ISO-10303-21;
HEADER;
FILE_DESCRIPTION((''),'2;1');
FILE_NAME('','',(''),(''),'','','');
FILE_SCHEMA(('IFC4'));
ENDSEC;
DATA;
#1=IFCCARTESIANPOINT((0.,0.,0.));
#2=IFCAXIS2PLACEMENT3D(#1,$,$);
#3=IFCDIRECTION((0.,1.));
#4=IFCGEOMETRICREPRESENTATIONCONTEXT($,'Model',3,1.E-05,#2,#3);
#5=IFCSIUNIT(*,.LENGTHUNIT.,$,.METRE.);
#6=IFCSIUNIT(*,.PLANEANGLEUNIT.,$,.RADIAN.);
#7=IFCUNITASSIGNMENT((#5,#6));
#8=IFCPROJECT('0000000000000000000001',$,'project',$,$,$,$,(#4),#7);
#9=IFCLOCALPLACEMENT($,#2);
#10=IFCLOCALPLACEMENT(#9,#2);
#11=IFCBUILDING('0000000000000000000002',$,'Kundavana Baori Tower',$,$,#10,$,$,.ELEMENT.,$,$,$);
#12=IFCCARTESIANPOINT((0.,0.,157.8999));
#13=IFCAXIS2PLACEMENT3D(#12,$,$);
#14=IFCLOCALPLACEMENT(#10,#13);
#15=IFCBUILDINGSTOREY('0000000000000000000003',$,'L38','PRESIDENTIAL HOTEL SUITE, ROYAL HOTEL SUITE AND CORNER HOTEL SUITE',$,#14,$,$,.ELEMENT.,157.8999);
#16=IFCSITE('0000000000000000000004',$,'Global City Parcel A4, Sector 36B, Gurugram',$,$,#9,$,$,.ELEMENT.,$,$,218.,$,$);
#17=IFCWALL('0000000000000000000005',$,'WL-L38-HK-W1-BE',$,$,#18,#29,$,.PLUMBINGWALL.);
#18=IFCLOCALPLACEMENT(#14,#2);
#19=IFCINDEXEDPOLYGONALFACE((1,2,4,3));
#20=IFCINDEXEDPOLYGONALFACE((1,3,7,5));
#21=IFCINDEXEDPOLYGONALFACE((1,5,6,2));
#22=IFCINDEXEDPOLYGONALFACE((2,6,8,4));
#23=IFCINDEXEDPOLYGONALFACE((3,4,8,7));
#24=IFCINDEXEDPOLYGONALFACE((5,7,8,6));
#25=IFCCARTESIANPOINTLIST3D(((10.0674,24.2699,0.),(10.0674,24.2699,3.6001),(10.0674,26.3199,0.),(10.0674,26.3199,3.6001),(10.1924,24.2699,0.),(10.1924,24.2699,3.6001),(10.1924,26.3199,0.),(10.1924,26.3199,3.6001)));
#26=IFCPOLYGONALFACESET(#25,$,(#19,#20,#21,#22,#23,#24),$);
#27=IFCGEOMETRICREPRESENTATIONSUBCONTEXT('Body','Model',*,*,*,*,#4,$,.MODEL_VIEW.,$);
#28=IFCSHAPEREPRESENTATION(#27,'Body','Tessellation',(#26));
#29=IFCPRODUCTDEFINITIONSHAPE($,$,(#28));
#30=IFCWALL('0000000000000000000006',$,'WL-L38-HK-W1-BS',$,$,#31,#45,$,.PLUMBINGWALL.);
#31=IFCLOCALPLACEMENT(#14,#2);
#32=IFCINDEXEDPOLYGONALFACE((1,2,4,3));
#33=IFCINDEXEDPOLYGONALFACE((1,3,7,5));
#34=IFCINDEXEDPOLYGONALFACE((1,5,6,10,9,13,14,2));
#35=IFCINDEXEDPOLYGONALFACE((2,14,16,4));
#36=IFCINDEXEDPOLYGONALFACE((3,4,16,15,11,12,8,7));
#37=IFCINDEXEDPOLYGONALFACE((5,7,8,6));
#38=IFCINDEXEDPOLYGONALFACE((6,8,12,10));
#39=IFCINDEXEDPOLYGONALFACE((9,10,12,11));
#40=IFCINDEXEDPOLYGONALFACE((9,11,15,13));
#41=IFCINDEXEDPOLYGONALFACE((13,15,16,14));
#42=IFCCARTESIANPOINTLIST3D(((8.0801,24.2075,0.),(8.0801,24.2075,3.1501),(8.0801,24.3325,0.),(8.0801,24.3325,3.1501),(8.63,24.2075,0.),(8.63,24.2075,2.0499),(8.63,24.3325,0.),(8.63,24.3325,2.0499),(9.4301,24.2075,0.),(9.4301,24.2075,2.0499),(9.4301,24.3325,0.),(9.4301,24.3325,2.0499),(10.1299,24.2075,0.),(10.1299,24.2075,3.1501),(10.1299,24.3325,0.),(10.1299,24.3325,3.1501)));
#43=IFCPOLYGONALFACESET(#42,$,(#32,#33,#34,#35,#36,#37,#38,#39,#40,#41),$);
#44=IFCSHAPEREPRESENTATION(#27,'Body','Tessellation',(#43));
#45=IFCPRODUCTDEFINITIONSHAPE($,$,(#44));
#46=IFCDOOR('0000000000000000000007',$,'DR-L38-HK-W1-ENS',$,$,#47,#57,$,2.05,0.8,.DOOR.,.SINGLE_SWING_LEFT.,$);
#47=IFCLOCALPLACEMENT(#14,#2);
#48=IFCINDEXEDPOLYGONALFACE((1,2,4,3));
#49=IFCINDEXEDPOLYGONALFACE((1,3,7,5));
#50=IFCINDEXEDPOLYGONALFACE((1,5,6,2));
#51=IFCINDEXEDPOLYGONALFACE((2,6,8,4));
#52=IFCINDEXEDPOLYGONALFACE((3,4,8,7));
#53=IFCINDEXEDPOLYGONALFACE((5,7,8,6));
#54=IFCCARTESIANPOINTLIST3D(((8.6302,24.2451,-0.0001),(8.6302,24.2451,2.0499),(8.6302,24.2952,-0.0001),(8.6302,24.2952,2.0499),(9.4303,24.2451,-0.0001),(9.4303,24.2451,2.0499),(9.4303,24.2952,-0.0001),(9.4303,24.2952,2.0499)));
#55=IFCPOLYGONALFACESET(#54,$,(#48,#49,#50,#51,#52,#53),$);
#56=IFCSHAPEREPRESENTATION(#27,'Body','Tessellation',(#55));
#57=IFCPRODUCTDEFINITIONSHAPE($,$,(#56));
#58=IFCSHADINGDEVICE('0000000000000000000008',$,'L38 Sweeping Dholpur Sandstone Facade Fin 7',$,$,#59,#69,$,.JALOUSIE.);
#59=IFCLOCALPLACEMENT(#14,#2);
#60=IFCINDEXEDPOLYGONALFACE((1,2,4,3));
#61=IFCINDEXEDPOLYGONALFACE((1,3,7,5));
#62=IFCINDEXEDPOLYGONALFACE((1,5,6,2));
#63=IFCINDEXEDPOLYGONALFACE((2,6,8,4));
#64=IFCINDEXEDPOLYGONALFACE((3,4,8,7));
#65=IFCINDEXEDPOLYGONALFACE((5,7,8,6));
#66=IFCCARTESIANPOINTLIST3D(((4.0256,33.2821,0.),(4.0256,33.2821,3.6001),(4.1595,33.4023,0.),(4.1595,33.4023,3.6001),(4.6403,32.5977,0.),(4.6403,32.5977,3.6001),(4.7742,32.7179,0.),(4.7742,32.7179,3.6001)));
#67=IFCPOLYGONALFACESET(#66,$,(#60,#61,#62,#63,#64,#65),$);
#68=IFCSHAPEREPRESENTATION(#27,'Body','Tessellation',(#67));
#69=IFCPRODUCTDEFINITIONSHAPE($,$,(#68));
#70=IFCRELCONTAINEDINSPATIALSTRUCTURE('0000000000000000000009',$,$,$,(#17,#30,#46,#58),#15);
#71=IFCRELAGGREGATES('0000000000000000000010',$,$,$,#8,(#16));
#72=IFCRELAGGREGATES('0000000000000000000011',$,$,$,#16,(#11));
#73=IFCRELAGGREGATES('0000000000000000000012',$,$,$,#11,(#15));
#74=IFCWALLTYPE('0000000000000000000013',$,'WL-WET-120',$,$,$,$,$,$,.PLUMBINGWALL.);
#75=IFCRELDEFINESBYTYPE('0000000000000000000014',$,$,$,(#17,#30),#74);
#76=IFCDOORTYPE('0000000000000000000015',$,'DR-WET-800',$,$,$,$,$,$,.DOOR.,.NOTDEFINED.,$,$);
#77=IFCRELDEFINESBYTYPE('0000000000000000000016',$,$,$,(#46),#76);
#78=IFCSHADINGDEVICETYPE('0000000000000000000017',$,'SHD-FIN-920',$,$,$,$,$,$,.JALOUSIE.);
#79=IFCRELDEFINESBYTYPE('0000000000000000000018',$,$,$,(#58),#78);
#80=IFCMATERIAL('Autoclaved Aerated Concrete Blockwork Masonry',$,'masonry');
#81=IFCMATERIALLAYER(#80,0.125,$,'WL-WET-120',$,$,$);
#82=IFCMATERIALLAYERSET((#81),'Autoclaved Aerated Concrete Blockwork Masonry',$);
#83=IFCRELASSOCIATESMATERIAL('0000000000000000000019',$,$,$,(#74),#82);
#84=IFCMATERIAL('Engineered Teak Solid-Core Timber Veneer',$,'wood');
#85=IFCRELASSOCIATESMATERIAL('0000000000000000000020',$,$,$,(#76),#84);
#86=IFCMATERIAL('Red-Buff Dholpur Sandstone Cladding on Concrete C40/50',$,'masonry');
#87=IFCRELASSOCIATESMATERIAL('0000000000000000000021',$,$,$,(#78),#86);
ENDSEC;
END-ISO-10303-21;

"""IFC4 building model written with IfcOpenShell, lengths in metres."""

from ifc_helpers import new_model, si_unit, direction, frame, frame_2d, origin, origin_2d, place, context, subcontext, project, spatial, rectangle, extrude, material, layer, layer_set, type_object, element, fill, save


model = new_model("IFC4")

# Units and contexts
model_context = context("Model", 3, precision=1e-05, world=origin(), true_north=direction((0.0, 1.0)))
body_context = subcontext(model_context, "Body", "Model", "MODEL_VIEW")
ifc_project = project(units=[si_unit("LENGTHUNIT", "METRE"), si_unit("PLANEANGLEUNIT", "RADIAN")], contexts=[model_context])

# Site, building, storey
site_placement = place(None, origin())
site = spatial("IfcSite", under=ifc_project, at=site_placement, Name="Global City Parcel A4, Sector 36B, Gurugram", CompositionType="ELEMENT", RefElevation=218.0)
building_placement = place(site_placement, origin())
building = spatial("IfcBuilding", under=site, at=building_placement, Name="Kundavana Baori Tower", CompositionType="ELEMENT")
storey_placement = place(building_placement, frame((0.0, 0.0, 157.8999)))
storey = spatial("IfcBuildingStorey", under=building, at=storey_placement, Name="L38", Description="PRESIDENTIAL HOTEL SUITE, ROYAL HOTEL SUITE AND CORNER HOTEL SUITE", CompositionType="ELEMENT", Elevation=157.8999)

# Wall
ifc_material_1 = material(Name="Autoclaved Aerated Concrete Blockwork Masonry", Category="masonry")
ifc_layer_1 = layer(ifc_material_1, 0.125, Name="WL-WET-120")
ifc_layer_set_1 = layer_set([ifc_layer_1], Name="Autoclaved Aerated Concrete Blockwork Masonry")
wall_type_1 = type_object("IfcWallType", Name="WL-WET-120", PredefinedType="PLUMBINGWALL", material=ifc_layer_set_1)
wall_1_placement = place(storey_placement, frame((10.1299, 24.27, 0.0), z_axis=(0.0, 0.0, 1.0), x_axis=(0.0, 1.0, 0.0)))
element("IfcWall", 1, at=wall_1_placement, inside=storey, type_object=wall_type_1, Name="WL-L38-HK-W1-BE", PredefinedType="PLUMBINGWALL", context=body_context, shape_type="SweptSolid", body=[
    extrude(rectangle(XDim=2.05, YDim=0.125, at=frame_2d((1.0249, 0.0))), origin(), (0.0, 0.0, 1.0), 3.6001),
])

# Wall, opening, door
wall_2_placement = place(storey_placement, frame((8.0801, 24.27, 0.0), z_axis=(0.0, 0.0, 1.0), x_axis=(1.0, 0.0, 0.0)))
wall_2 = element("IfcWall", 2, at=wall_2_placement, inside=storey, type_object=wall_type_1, Name="WL-L38-HK-W1-BS", PredefinedType="PLUMBINGWALL", context=body_context, shape_type="SweptSolid", body=[
    extrude(rectangle(XDim=2.0498, YDim=0.125, at=frame_2d((1.0249, 0.0))), origin(), (0.0, 0.0, 1.0), 3.1501),
])
opening_1_placement = place(wall_2_placement, frame((0.55, 0.0, 0.0)))
opening_1 = element("IfcOpeningElement", 3, at=opening_1_placement, cuts=wall_2, PredefinedType="OPENING", context=body_context, shape_type="SweptSolid", body=[
    extrude(rectangle(XDim=0.8, YDim=2.05, at=frame_2d((0.3999, 1.0249))), frame((0.0, 0.0725, 0.0), z_axis=(0.0, -1.0, 0.0), x_axis=(1.0, 0.0, 0.0)), (0.0, 0.0, 1.0), 0.145),
])
ifc_material_2 = material(Name="Engineered Teak Solid-Core Timber Veneer", Category="wood")
door_type_1 = type_object("IfcDoorType", Name="DR-WET-800", OperationType="NOTDEFINED", PredefinedType="DOOR", material=ifc_material_2)
door_1_placement = place(opening_1_placement, frame((0.8, 0.0, 0.0), z_axis=(0.0, 0.0, 1.0), x_axis=(-1.0, 0.0, 0.0)))
door_1 = element("IfcDoor", 4, at=door_1_placement, inside=storey, type_object=door_type_1, Name="DR-L38-HK-W1-ENS", OperationType="SINGLE_SWING_LEFT", OverallHeight=2.05, OverallWidth=0.8, PredefinedType="DOOR", context=body_context, shape_type="SweptSolid", body=[
    extrude(rectangle(XDim=0.8, YDim=2.05, at=frame_2d((0.3999, 1.0249))), frame((0.0, 0.0249, 0.0), z_axis=(0.0, -1.0, 0.0), x_axis=(1.0, 0.0, 0.0)), (0.0, 0.0, 1.0), 0.05),
])
fill(opening_1, door_1)

# Shading device
ifc_material_3 = material(Name="Red-Buff Dholpur Sandstone Cladding on Concrete C40/50", Category="masonry")
shading_device_type = type_object("IfcShadingDeviceType", Name="SHD-FIN-920", PredefinedType="JALOUSIE", material=ifc_material_3)
shading_device_placement = place(storey_placement, frame((4.3999, 33.0, 0.0), z_axis=(0.0, 0.0, 1.0), x_axis=(0.743962, 0.668222, 0.0)))
element("IfcShadingDevice", 5, at=shading_device_placement, inside=storey, type_object=shading_device_type, Name="L38 Sweeping Dholpur Sandstone Facade Fin 7", PredefinedType="JALOUSIE", context=body_context, shape_type="SweptSolid", body=[
    extrude(rectangle(XDim=0.1799, YDim=0.9199, at=origin_2d()), origin(), (0.0, 0.0, 1.0), 3.6001),
])

save(model, "model.ifc")
